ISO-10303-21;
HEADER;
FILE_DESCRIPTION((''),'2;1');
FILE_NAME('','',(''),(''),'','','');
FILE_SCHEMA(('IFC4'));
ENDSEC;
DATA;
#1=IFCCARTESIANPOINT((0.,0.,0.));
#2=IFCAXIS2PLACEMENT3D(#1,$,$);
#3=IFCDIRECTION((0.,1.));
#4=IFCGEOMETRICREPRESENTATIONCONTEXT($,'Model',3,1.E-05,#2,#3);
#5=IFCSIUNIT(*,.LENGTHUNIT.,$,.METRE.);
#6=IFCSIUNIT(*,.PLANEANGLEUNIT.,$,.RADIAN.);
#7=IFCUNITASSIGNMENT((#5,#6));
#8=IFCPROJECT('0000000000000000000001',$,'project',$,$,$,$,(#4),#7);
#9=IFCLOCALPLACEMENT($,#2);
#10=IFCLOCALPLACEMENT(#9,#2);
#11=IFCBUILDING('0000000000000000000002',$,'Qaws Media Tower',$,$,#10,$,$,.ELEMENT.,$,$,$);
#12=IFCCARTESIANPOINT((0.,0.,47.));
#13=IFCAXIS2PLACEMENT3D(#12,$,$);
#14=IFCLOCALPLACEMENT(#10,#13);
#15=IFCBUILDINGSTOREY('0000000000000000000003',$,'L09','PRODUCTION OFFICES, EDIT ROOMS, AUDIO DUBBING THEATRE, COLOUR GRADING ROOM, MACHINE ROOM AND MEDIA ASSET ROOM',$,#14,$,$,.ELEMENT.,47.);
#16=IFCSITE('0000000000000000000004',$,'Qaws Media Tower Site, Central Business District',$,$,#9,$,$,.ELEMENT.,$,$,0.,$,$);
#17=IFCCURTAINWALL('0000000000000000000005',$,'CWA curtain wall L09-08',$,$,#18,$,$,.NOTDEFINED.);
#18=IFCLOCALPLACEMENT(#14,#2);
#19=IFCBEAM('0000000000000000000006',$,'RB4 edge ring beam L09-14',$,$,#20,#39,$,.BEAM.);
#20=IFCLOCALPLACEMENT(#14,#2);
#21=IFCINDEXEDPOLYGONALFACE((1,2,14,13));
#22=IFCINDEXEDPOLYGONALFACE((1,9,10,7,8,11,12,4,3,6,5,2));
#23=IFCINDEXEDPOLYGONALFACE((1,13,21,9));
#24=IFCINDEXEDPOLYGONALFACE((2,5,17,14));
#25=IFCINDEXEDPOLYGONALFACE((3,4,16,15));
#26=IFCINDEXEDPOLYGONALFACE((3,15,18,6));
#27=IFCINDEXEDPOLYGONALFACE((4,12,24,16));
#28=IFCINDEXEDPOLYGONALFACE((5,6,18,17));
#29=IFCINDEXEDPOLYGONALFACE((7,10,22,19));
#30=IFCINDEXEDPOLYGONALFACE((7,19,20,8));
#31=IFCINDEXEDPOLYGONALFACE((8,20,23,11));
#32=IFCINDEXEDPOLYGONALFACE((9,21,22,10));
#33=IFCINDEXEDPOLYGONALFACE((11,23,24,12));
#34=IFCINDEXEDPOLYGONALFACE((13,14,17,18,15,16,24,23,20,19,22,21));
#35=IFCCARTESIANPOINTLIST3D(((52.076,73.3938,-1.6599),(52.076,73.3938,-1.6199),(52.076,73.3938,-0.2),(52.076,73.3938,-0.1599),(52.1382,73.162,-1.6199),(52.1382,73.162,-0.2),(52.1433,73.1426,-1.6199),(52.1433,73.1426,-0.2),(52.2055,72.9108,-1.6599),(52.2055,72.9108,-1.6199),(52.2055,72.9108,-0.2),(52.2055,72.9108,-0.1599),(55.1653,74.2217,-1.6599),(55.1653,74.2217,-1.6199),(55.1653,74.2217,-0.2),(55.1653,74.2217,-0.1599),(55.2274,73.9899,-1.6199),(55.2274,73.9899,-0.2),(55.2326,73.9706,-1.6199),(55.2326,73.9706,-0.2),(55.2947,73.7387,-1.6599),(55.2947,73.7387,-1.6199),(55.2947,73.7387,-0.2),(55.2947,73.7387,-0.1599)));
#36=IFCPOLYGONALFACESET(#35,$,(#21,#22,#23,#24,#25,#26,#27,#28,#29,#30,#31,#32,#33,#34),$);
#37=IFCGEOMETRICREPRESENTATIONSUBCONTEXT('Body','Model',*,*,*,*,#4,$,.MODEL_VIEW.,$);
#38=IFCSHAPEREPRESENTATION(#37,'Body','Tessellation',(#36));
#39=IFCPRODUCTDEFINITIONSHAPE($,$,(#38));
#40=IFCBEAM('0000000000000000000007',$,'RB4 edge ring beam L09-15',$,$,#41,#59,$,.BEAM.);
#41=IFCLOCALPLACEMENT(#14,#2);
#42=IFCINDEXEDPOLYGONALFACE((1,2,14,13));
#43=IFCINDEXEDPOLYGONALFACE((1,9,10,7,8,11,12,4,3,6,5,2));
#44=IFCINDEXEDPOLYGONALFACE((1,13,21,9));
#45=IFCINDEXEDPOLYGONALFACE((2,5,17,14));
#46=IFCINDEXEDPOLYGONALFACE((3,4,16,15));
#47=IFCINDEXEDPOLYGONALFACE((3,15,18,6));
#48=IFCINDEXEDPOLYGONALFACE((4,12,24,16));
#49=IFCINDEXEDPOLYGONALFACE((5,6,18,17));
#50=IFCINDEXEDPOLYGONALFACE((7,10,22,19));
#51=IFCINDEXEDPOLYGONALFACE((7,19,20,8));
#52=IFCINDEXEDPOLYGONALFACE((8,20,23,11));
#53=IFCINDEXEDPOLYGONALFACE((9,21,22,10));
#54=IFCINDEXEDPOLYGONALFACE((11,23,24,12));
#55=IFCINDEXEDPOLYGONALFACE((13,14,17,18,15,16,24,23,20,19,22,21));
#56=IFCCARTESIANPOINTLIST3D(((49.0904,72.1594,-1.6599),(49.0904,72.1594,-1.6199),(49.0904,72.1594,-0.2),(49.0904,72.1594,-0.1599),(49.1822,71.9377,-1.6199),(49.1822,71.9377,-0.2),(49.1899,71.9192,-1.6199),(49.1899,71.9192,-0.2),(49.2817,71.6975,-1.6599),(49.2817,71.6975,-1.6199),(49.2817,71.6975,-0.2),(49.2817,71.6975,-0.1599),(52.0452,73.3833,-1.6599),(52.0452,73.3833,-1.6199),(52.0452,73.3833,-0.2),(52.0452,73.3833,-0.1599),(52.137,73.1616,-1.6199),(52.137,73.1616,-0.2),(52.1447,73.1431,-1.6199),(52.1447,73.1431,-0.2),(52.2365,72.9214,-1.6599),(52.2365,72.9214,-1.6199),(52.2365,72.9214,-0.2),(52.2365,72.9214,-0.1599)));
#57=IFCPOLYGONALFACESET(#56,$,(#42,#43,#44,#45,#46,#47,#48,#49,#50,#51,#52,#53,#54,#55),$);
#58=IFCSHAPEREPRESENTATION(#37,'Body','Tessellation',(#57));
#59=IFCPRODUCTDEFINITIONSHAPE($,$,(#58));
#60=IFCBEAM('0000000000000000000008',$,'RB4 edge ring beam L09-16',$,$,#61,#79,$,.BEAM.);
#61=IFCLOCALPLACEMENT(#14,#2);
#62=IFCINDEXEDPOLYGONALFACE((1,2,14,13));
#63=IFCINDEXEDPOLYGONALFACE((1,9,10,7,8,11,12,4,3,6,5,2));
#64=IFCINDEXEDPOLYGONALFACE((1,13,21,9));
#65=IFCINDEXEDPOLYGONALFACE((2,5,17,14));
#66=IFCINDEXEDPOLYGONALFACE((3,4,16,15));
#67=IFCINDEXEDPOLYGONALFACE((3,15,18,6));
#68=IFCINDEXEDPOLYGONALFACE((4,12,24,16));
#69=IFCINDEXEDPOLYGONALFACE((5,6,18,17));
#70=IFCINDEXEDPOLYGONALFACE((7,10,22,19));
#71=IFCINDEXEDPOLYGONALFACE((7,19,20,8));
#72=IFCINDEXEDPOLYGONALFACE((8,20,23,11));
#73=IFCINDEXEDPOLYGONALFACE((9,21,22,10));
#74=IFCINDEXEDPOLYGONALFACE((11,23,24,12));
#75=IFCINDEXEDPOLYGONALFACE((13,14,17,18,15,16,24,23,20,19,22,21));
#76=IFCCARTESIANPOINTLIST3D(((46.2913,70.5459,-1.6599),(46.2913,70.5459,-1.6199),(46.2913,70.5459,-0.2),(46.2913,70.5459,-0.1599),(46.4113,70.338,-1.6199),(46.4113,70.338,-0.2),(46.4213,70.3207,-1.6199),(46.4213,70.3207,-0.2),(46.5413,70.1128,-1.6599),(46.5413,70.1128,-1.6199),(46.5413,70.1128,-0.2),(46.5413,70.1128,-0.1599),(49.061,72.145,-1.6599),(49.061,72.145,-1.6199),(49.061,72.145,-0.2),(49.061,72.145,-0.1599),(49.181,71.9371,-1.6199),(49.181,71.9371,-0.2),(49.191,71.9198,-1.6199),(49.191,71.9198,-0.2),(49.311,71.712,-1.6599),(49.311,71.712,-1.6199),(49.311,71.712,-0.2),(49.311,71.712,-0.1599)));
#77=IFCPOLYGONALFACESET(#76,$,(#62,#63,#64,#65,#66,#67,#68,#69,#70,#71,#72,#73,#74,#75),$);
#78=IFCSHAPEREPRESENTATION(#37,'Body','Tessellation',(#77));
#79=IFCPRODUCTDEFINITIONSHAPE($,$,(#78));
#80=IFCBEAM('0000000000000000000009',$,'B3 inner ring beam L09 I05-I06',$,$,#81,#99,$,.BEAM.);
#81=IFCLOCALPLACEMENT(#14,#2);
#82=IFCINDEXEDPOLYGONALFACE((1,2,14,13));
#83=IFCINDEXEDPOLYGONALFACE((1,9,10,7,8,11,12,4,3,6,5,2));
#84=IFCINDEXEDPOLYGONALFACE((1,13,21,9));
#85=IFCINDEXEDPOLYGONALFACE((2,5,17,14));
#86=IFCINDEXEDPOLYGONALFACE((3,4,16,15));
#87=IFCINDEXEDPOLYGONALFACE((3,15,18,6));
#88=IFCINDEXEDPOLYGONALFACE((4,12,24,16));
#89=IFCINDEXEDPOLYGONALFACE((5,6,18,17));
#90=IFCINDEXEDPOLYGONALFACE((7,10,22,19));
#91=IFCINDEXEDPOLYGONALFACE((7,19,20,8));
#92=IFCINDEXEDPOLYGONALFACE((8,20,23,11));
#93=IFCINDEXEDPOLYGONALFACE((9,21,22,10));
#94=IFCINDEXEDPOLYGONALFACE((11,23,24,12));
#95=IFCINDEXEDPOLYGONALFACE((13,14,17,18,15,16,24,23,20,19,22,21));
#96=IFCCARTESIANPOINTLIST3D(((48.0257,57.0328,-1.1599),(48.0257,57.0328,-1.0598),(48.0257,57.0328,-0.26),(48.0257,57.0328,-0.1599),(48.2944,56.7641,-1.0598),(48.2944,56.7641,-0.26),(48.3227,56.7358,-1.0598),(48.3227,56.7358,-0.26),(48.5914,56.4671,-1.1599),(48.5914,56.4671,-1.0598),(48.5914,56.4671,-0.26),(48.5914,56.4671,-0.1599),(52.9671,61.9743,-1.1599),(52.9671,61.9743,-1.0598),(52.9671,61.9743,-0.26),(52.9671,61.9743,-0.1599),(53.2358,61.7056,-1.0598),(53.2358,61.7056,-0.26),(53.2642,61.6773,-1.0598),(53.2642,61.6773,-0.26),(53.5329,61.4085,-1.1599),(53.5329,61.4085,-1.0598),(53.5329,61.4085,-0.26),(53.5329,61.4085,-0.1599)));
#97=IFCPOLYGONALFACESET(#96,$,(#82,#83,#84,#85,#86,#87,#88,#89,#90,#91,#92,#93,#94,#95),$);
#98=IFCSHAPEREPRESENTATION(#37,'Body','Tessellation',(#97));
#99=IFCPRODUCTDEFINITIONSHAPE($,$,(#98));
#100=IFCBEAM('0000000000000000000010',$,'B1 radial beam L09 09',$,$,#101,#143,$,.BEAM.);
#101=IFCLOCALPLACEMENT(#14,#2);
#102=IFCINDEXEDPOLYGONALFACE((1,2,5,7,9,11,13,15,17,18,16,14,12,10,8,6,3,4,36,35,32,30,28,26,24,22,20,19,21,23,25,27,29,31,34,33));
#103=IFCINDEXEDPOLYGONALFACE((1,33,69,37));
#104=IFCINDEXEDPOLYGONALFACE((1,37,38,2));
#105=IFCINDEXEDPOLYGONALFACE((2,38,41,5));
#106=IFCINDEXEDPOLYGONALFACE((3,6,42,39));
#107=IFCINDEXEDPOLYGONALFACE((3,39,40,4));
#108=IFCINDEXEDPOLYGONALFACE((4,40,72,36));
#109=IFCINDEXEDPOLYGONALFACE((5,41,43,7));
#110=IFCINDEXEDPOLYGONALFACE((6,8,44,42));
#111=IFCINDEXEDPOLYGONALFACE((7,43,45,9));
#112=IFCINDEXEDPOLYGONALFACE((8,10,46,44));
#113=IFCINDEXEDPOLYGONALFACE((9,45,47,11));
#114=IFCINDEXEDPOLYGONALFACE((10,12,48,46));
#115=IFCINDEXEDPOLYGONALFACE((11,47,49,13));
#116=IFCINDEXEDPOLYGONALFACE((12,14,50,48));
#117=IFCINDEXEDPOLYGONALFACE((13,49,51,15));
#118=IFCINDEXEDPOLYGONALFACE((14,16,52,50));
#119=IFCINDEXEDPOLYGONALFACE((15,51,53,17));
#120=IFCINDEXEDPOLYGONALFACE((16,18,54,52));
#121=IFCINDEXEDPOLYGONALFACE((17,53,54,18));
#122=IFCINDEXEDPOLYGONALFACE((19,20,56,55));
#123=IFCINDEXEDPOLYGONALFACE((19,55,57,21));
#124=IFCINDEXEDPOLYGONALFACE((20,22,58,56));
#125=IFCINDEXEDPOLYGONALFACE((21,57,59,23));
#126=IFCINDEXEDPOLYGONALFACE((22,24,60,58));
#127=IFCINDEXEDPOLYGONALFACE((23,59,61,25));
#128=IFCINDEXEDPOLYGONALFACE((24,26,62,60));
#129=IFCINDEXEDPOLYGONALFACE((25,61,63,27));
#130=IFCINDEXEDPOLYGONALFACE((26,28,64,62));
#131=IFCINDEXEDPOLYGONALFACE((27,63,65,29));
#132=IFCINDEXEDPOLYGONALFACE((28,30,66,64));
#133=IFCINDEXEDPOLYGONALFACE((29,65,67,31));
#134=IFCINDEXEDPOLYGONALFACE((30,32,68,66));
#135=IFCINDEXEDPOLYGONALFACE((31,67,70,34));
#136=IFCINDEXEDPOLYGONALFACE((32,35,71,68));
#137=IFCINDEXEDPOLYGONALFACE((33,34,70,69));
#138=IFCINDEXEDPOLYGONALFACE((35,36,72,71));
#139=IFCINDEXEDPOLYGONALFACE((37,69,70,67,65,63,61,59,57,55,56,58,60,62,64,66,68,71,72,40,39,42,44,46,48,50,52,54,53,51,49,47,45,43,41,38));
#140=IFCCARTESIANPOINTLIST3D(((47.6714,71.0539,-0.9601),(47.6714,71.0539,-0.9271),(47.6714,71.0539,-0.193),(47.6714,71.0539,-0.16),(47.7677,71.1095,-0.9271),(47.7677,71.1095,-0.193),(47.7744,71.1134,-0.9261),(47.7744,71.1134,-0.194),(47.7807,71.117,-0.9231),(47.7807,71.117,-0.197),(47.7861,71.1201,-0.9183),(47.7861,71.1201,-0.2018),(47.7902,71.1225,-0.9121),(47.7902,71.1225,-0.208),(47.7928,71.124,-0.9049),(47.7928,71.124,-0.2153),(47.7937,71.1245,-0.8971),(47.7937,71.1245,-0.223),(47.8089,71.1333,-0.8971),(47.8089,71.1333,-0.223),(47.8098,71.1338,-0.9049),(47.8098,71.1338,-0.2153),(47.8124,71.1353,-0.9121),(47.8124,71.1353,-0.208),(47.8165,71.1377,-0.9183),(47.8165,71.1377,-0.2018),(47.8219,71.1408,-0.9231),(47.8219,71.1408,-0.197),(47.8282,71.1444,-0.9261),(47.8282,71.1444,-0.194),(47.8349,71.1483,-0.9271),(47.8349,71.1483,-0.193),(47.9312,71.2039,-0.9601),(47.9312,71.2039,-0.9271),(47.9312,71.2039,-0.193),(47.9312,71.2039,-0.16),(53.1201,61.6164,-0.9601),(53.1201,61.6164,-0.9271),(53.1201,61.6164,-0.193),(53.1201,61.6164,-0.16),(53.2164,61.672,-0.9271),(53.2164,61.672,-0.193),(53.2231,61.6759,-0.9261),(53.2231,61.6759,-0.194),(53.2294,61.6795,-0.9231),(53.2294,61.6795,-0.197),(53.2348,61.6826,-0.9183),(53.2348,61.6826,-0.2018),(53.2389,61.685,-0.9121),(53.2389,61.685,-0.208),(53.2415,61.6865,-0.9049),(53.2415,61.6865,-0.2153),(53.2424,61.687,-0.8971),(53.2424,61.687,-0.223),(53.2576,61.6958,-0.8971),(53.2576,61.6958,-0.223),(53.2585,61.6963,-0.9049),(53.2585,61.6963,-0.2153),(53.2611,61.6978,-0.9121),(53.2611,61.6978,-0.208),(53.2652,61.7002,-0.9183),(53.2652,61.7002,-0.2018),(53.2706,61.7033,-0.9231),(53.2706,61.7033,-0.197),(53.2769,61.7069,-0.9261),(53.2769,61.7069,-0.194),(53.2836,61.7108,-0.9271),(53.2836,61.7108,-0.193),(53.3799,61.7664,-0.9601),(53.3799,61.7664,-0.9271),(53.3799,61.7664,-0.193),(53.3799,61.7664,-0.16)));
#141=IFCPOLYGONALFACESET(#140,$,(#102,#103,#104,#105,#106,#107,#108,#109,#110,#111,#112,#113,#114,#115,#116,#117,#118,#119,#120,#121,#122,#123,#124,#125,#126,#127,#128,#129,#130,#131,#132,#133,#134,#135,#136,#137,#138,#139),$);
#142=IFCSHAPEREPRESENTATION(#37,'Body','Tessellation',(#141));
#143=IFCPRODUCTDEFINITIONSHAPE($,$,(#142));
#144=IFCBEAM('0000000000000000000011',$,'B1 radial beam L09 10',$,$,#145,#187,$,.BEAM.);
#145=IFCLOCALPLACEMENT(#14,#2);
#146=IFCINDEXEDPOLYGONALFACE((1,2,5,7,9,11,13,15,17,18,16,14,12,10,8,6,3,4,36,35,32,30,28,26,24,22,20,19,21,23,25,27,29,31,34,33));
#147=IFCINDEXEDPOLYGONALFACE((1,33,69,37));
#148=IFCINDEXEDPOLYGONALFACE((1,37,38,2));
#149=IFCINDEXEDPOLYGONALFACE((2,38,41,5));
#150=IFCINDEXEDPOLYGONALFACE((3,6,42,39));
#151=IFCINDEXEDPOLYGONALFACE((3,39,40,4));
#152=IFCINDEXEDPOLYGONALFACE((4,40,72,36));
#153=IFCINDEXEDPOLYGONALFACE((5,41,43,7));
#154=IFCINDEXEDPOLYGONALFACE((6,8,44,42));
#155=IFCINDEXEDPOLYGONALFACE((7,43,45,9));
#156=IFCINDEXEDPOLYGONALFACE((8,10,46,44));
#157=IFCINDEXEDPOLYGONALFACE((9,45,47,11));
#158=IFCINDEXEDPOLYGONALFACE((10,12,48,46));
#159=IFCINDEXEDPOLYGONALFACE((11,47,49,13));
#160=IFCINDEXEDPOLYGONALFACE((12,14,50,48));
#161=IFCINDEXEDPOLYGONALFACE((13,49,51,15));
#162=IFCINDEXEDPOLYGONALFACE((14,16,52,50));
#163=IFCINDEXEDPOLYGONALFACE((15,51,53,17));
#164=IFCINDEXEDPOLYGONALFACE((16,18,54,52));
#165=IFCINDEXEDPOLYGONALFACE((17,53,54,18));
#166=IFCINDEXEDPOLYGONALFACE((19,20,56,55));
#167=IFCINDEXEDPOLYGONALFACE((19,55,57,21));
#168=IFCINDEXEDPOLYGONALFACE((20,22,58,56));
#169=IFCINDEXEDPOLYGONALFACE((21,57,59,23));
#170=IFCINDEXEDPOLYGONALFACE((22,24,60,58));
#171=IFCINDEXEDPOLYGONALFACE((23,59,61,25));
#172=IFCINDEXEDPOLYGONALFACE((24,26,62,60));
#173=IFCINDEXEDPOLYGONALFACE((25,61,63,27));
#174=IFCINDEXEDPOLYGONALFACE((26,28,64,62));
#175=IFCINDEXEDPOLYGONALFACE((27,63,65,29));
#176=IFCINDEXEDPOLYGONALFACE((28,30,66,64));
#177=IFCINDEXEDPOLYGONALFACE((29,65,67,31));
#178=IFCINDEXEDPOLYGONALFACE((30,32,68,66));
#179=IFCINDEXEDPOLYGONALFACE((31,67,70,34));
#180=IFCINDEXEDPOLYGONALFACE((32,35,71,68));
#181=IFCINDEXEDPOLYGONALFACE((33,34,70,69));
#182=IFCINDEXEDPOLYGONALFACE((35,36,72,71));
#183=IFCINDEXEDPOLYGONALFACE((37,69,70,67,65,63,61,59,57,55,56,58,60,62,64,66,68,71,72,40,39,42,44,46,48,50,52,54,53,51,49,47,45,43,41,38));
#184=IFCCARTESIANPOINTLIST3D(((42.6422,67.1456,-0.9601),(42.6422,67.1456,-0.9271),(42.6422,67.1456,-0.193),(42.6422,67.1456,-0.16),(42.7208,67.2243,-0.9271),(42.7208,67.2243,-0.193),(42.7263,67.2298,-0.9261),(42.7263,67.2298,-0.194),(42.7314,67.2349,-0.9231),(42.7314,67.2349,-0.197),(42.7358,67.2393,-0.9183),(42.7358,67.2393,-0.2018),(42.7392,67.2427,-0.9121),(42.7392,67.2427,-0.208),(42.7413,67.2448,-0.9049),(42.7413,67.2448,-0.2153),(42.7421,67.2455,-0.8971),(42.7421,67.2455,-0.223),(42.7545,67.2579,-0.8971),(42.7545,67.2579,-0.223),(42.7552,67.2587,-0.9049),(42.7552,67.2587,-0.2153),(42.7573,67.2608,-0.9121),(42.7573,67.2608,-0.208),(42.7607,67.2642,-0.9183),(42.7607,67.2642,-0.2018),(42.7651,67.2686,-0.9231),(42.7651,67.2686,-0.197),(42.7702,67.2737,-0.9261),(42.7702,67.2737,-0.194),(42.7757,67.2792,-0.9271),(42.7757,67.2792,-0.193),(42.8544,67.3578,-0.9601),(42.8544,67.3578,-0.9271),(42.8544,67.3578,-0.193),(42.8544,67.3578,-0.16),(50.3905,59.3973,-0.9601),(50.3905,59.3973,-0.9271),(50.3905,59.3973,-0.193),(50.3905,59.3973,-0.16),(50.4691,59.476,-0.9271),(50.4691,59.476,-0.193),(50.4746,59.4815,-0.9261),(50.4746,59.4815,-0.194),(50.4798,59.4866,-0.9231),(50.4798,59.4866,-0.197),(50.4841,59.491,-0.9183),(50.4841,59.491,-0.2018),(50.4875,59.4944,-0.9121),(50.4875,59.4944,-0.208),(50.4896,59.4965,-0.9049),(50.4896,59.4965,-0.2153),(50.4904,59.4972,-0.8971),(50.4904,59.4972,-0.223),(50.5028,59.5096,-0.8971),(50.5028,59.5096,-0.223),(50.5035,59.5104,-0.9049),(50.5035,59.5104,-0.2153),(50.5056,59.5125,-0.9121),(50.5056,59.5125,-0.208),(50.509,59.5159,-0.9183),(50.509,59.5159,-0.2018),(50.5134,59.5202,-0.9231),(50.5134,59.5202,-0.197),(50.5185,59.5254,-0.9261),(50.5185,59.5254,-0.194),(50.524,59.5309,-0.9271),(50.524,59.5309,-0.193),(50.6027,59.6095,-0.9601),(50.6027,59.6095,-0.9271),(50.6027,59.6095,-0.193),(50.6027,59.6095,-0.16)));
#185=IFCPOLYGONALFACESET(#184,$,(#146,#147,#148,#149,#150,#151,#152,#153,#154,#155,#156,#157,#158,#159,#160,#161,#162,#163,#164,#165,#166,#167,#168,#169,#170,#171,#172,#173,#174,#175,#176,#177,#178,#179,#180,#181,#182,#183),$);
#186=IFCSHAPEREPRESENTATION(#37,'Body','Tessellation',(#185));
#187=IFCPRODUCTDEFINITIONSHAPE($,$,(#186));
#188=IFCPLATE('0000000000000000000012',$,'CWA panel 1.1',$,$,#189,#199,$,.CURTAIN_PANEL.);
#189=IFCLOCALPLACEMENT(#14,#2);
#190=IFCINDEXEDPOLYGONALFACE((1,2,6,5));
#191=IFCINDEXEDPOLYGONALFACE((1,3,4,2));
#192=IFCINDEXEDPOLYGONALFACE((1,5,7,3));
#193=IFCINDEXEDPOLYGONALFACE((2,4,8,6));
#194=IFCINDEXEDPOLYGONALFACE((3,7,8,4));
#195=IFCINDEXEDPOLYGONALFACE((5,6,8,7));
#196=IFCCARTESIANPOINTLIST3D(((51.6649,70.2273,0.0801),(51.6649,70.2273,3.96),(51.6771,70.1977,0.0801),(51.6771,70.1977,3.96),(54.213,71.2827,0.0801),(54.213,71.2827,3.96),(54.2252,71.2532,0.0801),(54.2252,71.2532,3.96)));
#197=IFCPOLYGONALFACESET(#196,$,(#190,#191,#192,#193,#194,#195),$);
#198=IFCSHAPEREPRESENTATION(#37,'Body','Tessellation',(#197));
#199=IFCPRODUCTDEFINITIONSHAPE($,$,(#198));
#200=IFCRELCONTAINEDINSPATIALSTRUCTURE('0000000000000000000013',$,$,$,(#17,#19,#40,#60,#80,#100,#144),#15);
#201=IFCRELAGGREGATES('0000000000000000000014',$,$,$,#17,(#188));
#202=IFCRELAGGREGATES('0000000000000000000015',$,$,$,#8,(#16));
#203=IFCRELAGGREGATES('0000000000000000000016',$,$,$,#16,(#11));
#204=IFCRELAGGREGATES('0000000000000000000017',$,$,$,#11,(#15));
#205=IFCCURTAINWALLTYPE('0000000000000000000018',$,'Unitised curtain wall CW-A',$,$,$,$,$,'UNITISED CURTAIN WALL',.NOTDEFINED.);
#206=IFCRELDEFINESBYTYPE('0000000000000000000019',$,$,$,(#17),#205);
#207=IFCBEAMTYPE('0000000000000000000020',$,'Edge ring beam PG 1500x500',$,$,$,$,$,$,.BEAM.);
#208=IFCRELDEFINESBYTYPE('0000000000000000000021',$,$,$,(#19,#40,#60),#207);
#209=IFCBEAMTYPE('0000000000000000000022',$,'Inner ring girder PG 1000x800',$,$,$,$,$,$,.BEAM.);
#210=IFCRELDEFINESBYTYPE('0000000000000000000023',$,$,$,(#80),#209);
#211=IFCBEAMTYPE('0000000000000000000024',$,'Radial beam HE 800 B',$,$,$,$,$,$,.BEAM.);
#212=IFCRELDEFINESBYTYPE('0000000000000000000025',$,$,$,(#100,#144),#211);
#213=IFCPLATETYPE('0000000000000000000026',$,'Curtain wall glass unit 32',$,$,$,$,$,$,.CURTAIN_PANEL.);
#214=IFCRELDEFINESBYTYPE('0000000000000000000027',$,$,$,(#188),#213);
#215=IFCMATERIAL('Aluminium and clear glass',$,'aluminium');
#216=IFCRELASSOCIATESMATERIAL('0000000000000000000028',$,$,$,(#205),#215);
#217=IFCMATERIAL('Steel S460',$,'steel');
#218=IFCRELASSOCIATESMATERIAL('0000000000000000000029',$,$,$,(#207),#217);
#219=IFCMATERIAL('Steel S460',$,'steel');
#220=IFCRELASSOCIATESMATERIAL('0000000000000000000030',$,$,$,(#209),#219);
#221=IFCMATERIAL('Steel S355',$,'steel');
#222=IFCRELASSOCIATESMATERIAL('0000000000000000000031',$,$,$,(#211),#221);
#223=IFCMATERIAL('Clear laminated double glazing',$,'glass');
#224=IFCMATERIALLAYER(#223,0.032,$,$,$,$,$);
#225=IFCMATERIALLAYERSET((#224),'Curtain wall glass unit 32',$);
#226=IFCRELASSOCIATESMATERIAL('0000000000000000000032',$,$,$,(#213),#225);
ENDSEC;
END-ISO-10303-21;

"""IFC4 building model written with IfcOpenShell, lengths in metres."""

from ifc_helpers import new_model, si_unit, direction, frame, origin, origin_2d, place, context, subcontext, project, spatial, rectangle, i_section, extrude, material, layer, layer_set, material_profile, profile_set, type_object, element, aggregate, save


model = new_model("IFC4")

# Units and contexts
model_context = context("Model", 3, precision=1e-05, world=origin(), true_north=direction((0.0, 1.0)))
body_context = subcontext(model_context, "Body", "Model", "MODEL_VIEW")
ifc_project = project(units=[si_unit("LENGTHUNIT", "METRE"), si_unit("PLANEANGLEUNIT", "RADIAN")], contexts=[model_context])

# Site, building, storey
site_placement = place(None, origin())
site = spatial("IfcSite", under=ifc_project, at=site_placement, Name="Qaws Media Tower Site, Central Business District", CompositionType="ELEMENT", RefElevation=0.0)
building_placement = place(site_placement, origin())
building = spatial("IfcBuilding", under=site, at=building_placement, Name="Qaws Media Tower", CompositionType="ELEMENT")
storey_placement = place(building_placement, frame((0.0, 0.0, 47.0)))
storey = spatial("IfcBuildingStorey", under=building, at=storey_placement, Name="L09", Description="PRODUCTION OFFICES, EDIT ROOMS, AUDIO DUBBING THEATRE, COLOUR GRADING ROOM, MACHINE ROOM AND MEDIA ASSET ROOM", CompositionType="ELEMENT", Elevation=47.0)

# Curtain wall
ifc_material_1 = material(Name="Aluminium and clear glass", Category="aluminium")
curtain_wall_type = type_object("IfcCurtainWallType", Name="Unitised curtain wall CW-A", ElementType="UNITISED CURTAIN WALL", PredefinedType="NOTDEFINED", material=ifc_material_1)
curtain_wall_1_placement = place(storey_placement, origin())
curtain_wall_1 = element("IfcCurtainWall", 1, at=curtain_wall_1_placement, inside=storey, type_object=curtain_wall_type, Name="CWA curtain wall L09-08", PredefinedType="NOTDEFINED")

# Beams
ifc_material_2 = material(Name="Steel S460", Category="steel")
ifc_material_profile_1 = material_profile(ifc_material_2, i_section(OverallWidth=0.5, OverallDepth=1.5, WebThickness=0.02, FlangeThickness=0.04, at=origin_2d()), Name="PG 1500x500")
ifc_profile_set_1 = profile_set([ifc_material_profile_1], Name="Steel S460")
beam_type_1 = type_object("IfcBeamType", Name="Edge ring beam PG 1500x500", PredefinedType="BEAM", material=ifc_profile_set_1)
for number, where, z_axis, x_axis, name in (
    (2, (55.23, 73.9802, -0.9099), (-0.965914, -0.258865, 0.0), (0.258865, -0.965914, 0.0), "RB4 edge ring beam L09-14"),
    (3, (52.1409, 73.1523, -0.9099), (-0.923886, -0.382669, 0.0), (0.382669, -0.923886, 0.0), "RB4 edge ring beam L09-15"),
    (4, (49.186, 71.9285, -0.9099), (-0.866027, -0.499998, 0.0), (0.499998, -0.866027, 0.0), "RB4 edge ring beam L09-16"),
):
    element("IfcBeam", number, at=place(storey_placement, frame(where, z_axis=z_axis, x_axis=x_axis)), inside=storey, type_object=beam_type_1, Name=name, PredefinedType="BEAM", context=body_context, shape_type="SweptSolid", body=[
        extrude(i_section(OverallWidth=0.5, OverallDepth=1.5, WebThickness=0.02, FlangeThickness=0.04, at=origin_2d()), origin(), (0.0, 0.0, 1.0), 3.1982),
    ])
ifc_material_3 = material(Name="Steel S460", Category="steel")
ifc_material_profile_2 = material_profile(ifc_material_3, i_section(OverallWidth=0.8, OverallDepth=1.0, WebThickness=0.04, FlangeThickness=0.1001, at=origin_2d()), Name="PG 1000x800")
ifc_profile_set_2 = profile_set([ifc_material_profile_2], Name="Steel S460")
beam_type_2 = type_object("IfcBeamType", Name="Inner ring girder PG 1000x800", PredefinedType="BEAM", material=ifc_profile_set_2)
beam_1_placement = place(storey_placement, frame((53.25, 61.6914, -0.6599), z_axis=(-0.707107, -0.707107, 0.0), x_axis=(0.707107, -0.707107, 0.0)))
element("IfcBeam", 5, at=beam_1_placement, inside=storey, type_object=beam_type_2, Name="B3 inner ring beam L09 I05-I06", PredefinedType="BEAM", context=body_context, shape_type="SweptSolid", body=[
    extrude(i_section(OverallWidth=0.8, OverallDepth=1.0, WebThickness=0.04, FlangeThickness=0.1001, at=origin_2d()), origin(), (0.0, 0.0, 1.0), 6.9883),
])
ifc_material_4 = material(Name="Steel S355", Category="steel")
ifc_material_profile_3 = material_profile(ifc_material_4, i_section(OverallWidth=0.3, OverallDepth=0.8, WebThickness=0.0176, FlangeThickness=0.033, FilletRadius=0.03, at=origin_2d()), Name="HE 800 B")
ifc_profile_set_3 = profile_set([ifc_material_profile_3], Name="Steel S355")
beam_type_3 = type_object("IfcBeamType", Name="Radial beam HE 800 B", PredefinedType="BEAM", material=ifc_profile_set_3)
beam_2_placement = place(storey_placement, frame((53.25, 61.6914, -0.5601), z_axis=(-0.499999, 0.866026, 0.0), x_axis=(-0.866026, -0.499999, 0.0)))
element("IfcBeam", 6, at=beam_2_placement, inside=storey, type_object=beam_type_3, Name="B1 radial beam L09 09", PredefinedType="BEAM", context=body_context, shape_type="SweptSolid", body=[
    extrude(i_section(OverallWidth=0.3, OverallDepth=0.8, WebThickness=0.0176, FlangeThickness=0.033, FilletRadius=0.03, at=origin_2d()), origin(), (0.0, 0.0, 1.0), 10.8975),
])
beam_3_placement = place(storey_placement, frame((50.4966, 59.5034, -0.5601), z_axis=(-0.707107, 0.707107, 0.0), x_axis=(-0.707107, -0.707107, 0.0)))
element("IfcBeam", 7, at=beam_3_placement, inside=storey, type_object=beam_type_3, Name="B1 radial beam L09 10", PredefinedType="BEAM", context=body_context, shape_type="SweptSolid", body=[
    extrude(i_section(OverallWidth=0.3, OverallDepth=0.8, WebThickness=0.0176, FlangeThickness=0.033, FilletRadius=0.03, at=origin_2d()), origin(), (0.0, 0.0, 1.0), 10.9578),
])

# Plate
ifc_material_5 = material(Name="Clear laminated double glazing", Category="glass")
ifc_layer_1 = layer(ifc_material_5, 0.032)
ifc_layer_set_1 = layer_set([ifc_layer_1], Name="Curtain wall glass unit 32")
plate_type = type_object("IfcPlateType", Name="Curtain wall glass unit 32", PredefinedType="CURTAIN_PANEL", material=ifc_layer_set_1)
plate_1_placement = place(storey_placement, frame((52.9451, 70.7402, 0.0801), z_axis=(0.0, 0.0, 1.0), x_axis=(-0.92388, -0.382683, 0.0)))
plate_1 = element("IfcPlate", 8, at=plate_1_placement, type_object=plate_type, Name="CWA panel 1.1", PredefinedType="CURTAIN_PANEL", context=body_context, shape_type="SweptSolid", body=[
    extrude(rectangle(XDim=2.7581, YDim=0.032, at=origin_2d()), origin(), (0.0, 0.0, 1.0), 3.8799),
])
aggregate(curtain_wall_1, [plate_1])

save(model, "model.ifc")
